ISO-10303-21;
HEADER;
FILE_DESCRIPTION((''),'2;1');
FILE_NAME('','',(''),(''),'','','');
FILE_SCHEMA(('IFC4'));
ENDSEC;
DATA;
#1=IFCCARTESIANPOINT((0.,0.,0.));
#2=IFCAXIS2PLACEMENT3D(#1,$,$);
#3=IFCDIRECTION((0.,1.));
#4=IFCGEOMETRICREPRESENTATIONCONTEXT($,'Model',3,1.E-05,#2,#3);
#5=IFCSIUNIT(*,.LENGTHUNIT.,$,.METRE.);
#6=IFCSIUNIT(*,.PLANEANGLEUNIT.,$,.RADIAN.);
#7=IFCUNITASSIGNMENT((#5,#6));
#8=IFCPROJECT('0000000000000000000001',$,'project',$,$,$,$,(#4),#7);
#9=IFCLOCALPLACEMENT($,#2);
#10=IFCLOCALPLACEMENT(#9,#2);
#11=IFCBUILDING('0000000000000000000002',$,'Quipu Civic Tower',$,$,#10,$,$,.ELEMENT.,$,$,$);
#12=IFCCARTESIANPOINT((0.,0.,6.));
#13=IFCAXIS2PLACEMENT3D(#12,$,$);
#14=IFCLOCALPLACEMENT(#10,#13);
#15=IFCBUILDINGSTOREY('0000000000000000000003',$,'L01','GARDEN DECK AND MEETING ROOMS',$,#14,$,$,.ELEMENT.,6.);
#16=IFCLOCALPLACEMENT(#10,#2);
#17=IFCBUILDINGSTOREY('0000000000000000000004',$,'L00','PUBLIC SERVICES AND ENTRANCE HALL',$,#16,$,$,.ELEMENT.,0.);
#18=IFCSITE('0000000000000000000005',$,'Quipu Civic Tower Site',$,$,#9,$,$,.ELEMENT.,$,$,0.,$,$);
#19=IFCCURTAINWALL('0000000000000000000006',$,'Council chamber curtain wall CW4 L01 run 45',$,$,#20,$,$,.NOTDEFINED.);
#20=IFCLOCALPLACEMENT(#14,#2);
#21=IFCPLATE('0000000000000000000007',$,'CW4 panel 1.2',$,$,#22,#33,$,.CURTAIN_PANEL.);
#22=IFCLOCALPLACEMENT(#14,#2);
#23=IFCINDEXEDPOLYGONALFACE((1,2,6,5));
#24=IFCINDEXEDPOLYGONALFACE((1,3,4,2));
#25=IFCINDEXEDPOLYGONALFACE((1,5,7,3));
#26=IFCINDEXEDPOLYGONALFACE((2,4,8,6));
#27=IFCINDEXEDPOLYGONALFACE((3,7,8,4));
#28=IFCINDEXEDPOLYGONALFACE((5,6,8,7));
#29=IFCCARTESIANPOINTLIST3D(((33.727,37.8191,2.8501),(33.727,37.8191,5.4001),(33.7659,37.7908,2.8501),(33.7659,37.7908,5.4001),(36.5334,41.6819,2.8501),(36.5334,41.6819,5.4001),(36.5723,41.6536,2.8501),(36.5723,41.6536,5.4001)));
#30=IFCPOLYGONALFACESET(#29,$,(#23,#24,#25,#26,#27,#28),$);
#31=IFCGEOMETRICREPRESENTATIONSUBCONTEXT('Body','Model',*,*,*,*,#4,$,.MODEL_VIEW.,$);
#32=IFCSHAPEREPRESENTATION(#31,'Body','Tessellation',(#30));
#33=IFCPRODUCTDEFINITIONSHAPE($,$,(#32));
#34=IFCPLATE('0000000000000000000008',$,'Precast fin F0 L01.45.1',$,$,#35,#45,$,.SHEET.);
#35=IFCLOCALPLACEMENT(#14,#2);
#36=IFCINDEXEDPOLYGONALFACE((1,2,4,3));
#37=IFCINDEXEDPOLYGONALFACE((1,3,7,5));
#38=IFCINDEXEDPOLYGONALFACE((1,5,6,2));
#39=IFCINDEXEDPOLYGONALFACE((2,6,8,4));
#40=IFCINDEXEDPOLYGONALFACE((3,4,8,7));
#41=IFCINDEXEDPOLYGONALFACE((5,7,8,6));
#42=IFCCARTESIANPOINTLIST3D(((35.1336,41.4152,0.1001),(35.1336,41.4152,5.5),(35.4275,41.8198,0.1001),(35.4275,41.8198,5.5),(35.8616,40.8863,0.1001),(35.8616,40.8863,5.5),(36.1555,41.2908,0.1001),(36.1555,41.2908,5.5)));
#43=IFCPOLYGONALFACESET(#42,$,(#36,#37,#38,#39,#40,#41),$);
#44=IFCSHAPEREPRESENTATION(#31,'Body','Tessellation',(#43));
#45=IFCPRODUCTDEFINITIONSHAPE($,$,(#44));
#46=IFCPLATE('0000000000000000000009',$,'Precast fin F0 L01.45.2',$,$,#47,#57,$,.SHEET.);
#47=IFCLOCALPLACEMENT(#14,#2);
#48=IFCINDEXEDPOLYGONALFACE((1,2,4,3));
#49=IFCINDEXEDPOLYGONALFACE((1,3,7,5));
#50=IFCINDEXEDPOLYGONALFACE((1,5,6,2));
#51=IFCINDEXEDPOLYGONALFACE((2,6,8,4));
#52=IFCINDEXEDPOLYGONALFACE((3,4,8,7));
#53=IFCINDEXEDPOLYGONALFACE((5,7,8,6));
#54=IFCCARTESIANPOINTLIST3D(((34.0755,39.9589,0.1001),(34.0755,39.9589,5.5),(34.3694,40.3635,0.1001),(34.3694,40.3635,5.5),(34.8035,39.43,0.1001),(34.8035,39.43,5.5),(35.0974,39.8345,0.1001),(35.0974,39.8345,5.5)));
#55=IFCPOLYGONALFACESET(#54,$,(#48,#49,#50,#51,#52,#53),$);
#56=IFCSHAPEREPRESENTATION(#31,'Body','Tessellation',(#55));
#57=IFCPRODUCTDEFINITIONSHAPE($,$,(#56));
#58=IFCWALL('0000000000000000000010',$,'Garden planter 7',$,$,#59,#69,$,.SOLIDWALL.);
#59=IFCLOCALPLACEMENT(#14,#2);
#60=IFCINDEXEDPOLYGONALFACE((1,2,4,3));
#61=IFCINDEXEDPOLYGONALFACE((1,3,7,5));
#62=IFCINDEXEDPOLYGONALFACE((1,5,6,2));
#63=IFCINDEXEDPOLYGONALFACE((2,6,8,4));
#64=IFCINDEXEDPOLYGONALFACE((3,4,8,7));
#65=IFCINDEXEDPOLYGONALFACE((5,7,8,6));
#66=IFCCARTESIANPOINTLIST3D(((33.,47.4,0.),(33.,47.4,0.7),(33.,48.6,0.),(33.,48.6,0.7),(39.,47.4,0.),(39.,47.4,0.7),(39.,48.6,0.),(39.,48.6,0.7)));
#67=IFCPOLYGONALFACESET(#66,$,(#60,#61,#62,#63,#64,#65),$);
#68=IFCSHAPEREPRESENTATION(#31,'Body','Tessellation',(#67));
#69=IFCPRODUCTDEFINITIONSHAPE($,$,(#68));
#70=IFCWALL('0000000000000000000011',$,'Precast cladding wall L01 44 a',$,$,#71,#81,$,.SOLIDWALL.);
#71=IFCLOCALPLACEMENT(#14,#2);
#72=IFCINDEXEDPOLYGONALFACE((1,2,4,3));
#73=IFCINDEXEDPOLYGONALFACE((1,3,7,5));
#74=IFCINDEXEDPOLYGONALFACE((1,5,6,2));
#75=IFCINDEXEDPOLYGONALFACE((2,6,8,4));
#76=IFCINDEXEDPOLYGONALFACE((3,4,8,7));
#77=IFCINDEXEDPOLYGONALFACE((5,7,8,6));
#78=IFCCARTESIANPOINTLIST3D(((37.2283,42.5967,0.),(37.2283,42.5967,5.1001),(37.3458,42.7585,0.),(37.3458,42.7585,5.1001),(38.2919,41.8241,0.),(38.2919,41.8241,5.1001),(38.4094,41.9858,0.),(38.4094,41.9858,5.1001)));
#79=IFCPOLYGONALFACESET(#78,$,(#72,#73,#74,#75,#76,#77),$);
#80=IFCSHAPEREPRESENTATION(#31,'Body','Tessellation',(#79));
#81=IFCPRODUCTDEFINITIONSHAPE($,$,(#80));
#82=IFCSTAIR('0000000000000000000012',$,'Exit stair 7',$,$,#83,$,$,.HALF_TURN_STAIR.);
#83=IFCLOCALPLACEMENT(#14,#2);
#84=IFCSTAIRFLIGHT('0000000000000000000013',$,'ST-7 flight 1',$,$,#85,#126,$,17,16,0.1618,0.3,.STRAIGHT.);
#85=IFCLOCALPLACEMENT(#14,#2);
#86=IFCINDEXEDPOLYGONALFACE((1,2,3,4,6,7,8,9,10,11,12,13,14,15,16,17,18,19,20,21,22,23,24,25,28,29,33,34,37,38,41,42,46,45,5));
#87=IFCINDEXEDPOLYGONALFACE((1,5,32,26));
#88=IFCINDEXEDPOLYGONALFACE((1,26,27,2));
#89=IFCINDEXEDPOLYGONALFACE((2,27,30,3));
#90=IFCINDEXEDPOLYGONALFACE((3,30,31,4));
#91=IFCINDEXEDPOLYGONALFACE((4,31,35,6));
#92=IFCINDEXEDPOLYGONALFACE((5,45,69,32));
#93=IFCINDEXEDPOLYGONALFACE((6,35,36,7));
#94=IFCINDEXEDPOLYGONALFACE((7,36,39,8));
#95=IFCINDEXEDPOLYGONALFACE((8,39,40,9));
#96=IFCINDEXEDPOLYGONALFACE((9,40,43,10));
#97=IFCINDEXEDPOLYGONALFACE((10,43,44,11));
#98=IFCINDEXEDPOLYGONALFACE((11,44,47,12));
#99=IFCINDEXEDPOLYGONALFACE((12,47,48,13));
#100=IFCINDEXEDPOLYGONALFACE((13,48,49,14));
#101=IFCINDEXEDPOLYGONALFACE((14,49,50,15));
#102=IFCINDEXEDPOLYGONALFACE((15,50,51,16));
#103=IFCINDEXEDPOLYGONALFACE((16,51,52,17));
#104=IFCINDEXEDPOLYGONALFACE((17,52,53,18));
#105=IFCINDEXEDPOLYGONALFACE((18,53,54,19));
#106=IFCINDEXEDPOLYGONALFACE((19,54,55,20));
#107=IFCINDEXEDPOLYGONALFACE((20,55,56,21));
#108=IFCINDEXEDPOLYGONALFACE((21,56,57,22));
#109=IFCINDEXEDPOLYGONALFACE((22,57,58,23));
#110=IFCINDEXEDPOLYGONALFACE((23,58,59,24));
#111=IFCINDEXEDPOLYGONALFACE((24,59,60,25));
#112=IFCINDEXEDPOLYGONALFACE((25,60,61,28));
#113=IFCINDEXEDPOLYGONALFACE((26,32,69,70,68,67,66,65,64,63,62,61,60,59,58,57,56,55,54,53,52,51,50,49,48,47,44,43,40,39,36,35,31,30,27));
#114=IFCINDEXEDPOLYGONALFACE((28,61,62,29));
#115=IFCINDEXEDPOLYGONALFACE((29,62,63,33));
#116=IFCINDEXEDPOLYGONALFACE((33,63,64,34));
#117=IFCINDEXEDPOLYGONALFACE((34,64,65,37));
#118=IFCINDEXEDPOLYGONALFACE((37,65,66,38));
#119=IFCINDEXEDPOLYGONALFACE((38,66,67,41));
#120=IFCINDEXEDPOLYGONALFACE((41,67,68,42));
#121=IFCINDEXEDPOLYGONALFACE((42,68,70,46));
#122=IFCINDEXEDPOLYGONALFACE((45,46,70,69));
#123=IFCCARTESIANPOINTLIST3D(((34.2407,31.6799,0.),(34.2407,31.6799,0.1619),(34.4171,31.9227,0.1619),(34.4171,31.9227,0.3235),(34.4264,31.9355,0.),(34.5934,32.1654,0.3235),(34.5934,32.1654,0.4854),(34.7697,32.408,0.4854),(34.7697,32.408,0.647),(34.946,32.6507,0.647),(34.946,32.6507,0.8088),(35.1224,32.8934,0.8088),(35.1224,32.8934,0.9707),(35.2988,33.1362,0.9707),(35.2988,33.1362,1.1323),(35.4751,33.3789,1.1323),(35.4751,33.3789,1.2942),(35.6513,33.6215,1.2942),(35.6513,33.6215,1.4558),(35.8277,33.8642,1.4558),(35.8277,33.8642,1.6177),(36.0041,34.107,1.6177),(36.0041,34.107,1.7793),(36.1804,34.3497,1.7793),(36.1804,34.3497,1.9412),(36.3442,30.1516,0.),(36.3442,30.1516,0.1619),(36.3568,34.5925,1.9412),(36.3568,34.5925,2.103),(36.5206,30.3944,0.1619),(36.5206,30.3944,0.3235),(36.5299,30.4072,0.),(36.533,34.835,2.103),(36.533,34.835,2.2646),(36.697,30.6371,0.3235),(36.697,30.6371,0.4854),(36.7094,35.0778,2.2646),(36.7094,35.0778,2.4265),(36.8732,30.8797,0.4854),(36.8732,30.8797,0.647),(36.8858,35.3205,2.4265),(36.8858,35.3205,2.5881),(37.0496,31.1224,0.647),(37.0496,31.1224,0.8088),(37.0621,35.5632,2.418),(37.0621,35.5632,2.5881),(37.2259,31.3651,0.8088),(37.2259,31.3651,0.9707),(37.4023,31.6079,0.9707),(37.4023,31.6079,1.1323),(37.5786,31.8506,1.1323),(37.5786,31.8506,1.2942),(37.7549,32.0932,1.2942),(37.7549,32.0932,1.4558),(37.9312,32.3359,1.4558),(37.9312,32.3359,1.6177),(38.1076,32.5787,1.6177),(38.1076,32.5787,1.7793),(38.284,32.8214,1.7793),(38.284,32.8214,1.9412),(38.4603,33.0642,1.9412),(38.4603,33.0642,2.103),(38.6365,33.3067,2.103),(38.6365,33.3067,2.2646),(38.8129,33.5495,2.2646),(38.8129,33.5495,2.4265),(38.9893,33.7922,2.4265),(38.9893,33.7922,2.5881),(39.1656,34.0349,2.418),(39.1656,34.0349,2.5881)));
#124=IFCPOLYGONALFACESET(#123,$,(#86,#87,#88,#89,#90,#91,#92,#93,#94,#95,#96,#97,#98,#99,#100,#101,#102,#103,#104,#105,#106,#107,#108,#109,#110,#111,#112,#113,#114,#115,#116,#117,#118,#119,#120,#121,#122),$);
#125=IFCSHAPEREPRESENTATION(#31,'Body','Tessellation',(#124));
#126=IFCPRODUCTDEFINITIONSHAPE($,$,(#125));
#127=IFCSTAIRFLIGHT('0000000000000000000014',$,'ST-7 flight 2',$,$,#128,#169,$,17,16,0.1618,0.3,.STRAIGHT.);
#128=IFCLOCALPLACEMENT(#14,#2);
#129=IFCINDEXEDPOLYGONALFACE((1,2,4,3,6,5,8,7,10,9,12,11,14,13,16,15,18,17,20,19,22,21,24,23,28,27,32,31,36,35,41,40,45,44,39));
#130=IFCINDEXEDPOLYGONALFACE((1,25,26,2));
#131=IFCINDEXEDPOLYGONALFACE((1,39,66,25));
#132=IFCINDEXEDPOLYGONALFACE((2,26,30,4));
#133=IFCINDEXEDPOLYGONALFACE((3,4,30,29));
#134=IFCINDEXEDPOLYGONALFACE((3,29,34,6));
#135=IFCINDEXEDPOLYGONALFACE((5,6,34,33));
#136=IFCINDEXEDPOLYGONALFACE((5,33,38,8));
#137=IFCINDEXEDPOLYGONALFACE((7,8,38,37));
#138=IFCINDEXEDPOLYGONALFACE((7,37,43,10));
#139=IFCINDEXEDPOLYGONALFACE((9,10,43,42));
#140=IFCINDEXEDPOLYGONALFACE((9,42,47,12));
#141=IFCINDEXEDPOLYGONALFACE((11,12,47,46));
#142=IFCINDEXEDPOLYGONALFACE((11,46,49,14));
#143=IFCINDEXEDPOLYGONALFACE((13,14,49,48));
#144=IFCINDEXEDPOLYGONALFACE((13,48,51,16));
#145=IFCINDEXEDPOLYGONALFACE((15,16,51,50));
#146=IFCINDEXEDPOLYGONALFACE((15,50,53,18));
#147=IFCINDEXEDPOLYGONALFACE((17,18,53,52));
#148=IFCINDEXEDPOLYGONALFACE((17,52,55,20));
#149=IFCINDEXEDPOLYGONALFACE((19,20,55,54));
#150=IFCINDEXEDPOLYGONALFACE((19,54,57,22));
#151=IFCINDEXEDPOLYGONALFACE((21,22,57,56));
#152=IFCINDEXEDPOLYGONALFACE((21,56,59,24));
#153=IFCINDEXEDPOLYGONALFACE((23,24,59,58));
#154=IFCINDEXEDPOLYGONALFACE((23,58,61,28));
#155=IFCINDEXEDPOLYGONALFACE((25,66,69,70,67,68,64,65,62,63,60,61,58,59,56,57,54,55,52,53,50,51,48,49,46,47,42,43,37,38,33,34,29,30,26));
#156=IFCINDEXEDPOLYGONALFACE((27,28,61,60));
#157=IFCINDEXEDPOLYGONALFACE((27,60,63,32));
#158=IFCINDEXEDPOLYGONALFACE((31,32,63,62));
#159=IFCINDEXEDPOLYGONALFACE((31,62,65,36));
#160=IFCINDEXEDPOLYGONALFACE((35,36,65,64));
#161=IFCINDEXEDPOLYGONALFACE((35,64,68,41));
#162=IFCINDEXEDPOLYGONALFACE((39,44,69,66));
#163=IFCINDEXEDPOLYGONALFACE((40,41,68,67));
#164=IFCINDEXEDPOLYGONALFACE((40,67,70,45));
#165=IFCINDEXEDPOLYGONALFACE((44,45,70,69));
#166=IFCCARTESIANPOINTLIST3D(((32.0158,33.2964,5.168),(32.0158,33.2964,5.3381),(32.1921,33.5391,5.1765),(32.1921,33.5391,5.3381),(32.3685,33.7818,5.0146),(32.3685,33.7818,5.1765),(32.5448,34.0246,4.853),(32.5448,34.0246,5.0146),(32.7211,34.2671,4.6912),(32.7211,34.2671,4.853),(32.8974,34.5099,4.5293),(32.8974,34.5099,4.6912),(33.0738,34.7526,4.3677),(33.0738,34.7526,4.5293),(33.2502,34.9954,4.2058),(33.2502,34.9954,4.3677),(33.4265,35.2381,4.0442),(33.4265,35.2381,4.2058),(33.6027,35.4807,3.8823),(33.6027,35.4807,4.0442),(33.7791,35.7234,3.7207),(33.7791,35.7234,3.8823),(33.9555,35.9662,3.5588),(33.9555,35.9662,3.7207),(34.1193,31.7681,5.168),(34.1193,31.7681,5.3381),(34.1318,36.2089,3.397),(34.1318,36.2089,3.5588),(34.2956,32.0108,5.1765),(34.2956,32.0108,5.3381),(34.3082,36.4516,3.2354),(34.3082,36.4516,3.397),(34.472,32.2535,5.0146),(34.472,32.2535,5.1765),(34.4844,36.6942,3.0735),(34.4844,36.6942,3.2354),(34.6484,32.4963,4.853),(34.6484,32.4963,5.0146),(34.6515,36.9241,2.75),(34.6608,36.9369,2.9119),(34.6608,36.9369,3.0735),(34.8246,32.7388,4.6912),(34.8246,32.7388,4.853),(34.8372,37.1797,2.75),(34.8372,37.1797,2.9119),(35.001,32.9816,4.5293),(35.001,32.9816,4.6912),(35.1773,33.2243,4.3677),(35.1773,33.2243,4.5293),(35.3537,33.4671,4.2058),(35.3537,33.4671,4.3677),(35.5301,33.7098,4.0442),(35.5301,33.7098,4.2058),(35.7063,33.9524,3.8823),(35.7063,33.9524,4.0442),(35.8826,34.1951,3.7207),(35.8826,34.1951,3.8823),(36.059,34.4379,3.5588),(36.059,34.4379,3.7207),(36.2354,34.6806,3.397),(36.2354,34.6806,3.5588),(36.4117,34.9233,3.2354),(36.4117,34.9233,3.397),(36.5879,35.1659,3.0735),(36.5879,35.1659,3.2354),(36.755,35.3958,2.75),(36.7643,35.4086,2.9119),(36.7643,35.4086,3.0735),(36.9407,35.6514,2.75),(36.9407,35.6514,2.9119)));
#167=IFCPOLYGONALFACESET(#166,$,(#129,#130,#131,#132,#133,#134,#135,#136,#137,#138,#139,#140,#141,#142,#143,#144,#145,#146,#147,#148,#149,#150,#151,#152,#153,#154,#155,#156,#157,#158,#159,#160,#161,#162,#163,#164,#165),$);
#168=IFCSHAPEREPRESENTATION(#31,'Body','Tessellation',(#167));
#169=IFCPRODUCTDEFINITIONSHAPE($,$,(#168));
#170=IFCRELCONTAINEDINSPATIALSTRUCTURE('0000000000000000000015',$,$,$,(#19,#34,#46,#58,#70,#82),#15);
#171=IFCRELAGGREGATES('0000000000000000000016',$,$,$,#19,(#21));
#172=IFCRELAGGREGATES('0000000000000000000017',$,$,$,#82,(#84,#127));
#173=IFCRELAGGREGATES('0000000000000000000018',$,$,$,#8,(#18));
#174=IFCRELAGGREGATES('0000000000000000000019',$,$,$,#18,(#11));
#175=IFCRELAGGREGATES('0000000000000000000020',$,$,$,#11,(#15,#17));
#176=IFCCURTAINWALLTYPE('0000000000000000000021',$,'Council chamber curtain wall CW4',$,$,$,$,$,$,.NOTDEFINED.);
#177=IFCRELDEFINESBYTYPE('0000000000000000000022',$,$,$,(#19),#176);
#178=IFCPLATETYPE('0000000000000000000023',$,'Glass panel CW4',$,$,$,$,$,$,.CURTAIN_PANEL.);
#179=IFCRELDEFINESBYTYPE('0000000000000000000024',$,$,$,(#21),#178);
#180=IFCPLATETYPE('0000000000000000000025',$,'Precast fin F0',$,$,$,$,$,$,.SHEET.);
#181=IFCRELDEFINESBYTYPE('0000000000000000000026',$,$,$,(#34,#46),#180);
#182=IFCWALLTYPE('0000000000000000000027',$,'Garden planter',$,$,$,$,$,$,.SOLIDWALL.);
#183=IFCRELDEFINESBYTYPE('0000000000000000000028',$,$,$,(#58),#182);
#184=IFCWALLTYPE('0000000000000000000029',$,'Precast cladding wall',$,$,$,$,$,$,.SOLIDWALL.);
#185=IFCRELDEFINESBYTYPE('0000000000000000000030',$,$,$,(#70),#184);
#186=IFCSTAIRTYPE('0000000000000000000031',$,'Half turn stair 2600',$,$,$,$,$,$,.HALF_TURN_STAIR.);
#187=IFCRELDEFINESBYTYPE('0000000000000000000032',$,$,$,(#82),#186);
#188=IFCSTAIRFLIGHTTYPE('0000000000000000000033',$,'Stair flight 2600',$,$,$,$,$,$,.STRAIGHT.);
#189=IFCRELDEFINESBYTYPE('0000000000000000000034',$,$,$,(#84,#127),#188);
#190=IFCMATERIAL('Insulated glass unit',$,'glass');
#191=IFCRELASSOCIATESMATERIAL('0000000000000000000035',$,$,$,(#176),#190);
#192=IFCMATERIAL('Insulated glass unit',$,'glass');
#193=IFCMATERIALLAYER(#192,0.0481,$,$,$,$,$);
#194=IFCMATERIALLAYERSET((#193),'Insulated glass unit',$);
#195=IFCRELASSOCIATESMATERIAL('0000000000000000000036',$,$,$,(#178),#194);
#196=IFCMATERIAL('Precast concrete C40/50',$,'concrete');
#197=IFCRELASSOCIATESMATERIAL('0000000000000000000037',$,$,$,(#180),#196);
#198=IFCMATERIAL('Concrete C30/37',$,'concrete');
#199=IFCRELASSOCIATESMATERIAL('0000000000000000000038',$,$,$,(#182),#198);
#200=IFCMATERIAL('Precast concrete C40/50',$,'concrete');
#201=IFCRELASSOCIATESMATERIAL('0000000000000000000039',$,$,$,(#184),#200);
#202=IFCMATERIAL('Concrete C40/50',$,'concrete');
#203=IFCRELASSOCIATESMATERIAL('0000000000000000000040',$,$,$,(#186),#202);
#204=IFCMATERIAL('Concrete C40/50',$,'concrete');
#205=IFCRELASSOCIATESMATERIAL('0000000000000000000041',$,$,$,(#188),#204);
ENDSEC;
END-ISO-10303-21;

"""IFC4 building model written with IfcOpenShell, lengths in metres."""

from ifc_helpers import new_model, si_unit, direction, frame, frame_2d, origin, origin_2d, place, context, subcontext, project, spatial, polyline, rectangle, outline, extrude, material, layer, layer_set, type_object, element, aggregate, save


model = new_model("IFC4")

# Units and contexts
model_context = context("Model", 3, precision=1e-05, world=origin(), true_north=direction((0.0, 1.0)))
body_context = subcontext(model_context, "Body", "Model", "MODEL_VIEW")
ifc_project = project(units=[si_unit("LENGTHUNIT", "METRE"), si_unit("PLANEANGLEUNIT", "RADIAN")], contexts=[model_context])

# Site, building, storey
site_placement = place(None, origin())
site = spatial("IfcSite", under=ifc_project, at=site_placement, Name="Quipu Civic Tower Site", CompositionType="ELEMENT", RefElevation=0.0)
building_placement = place(site_placement, origin())
building = spatial("IfcBuilding", under=site, at=building_placement, Name="Quipu Civic Tower", CompositionType="ELEMENT")
storey_1_placement = place(building_placement, frame((0.0, 0.0, 6.0)))
storey_1 = spatial("IfcBuildingStorey", under=building, at=storey_1_placement, Name="L01", Description="GARDEN DECK AND MEETING ROOMS", CompositionType="ELEMENT", Elevation=6.0)

# Curtain wall
ifc_material_1 = material(Name="Insulated glass unit", Category="glass")
curtain_wall_type_1 = type_object("IfcCurtainWallType", Name="Council chamber curtain wall CW4", PredefinedType="NOTDEFINED", material=ifc_material_1)
curtain_wall_1_placement = place(storey_1_placement, origin())
curtain_wall_1 = element("IfcCurtainWall", 1, at=curtain_wall_1_placement, inside=storey_1, type_object=curtain_wall_type_1, Name="Council chamber curtain wall CW4 L01 run 45", PredefinedType="NOTDEFINED")

# Shared definitions
storey_2_placement = place(building_placement, origin())
storey_2 = spatial("IfcBuildingStorey", under=building, at=storey_2_placement, Name="L00", Description="PUBLIC SERVICES AND ENTRANCE HALL", CompositionType="ELEMENT", Elevation=0.0)

# Plate
ifc_material_2 = material(Name="Insulated glass unit", Category="glass")
ifc_layer = layer(ifc_material_2, 0.0481)
ifc_layer_set = layer_set([ifc_layer], Name="Insulated glass unit")
plate_type_1 = type_object("IfcPlateType", Name="Glass panel CW4", PredefinedType="CURTAIN_PANEL", material=ifc_layer_set)
plate_1_placement = place(storey_1_placement, frame((35.1497, 39.7363, 2.8501), z_axis=(0.0, 0.0, 1.0), x_axis=(-0.587783, -0.809019, 0.0)))
plate_1 = element("IfcPlate", 2, at=plate_1_placement, type_object=plate_type_1, Name="CW4 panel 1.2", PredefinedType="CURTAIN_PANEL", context=body_context, shape_type="SweptSolid", body=[
    extrude(rectangle(XDim=4.7747, YDim=0.0481, at=origin_2d()), origin(), (0.0, 0.0, 1.0), 2.55),
])
aggregate(curtain_wall_1, [plate_1])

# Plates
ifc_material_3 = material(Name="Precast concrete C40/50", Category="concrete")
plate_type_2 = type_object("IfcPlateType", Name="Precast fin F0", PredefinedType="SHEET", material=ifc_material_3)
for number, where, z_axis, x_axis, name in (
    (3, (35.6445, 41.353, 0.1001), (0.0, 0.0, 1.0), (-0.587785, -0.809017, 0.0), "Precast fin F0 L01.45.1"),
    (4, (34.5864, 39.8967, 0.1001), (0.0, 0.0, 1.0), (-0.587785, -0.809017, 0.0), "Precast fin F0 L01.45.2"),
):
    element("IfcPlate", number, at=place(storey_1_placement, frame(where, z_axis=z_axis, x_axis=x_axis)), inside=storey_1, type_object=plate_type_2, Name=name, PredefinedType="SHEET", context=body_context, shape_type="SweptSolid", body=[
        extrude(rectangle(XDim=0.5, YDim=0.8999, at=origin_2d()), origin(), (0.0, 0.0, 1.0), 5.3999),
    ])

# Walls
ifc_material_4 = material(Name="Concrete C30/37", Category="concrete")
wall_type_1 = type_object("IfcWallType", Name="Garden planter", PredefinedType="SOLIDWALL", material=ifc_material_4)
wall_1_placement = place(storey_1_placement, frame((33.0, 48.0, 0.0), z_axis=(0.0, 0.0, 1.0), x_axis=(1.0, 0.0, 0.0)))
element("IfcWall", 5, at=wall_1_placement, inside=storey_1, type_object=wall_type_1, Name="Garden planter 7", PredefinedType="SOLIDWALL", context=body_context, shape_type="SweptSolid", body=[
    extrude(rectangle(XDim=6.0, YDim=1.2, at=frame_2d((3.0, 0.0))), origin(), (0.0, 0.0, 1.0), 0.7),
])
ifc_material_5 = material(Name="Precast concrete C40/50", Category="concrete")
wall_type_2 = type_object("IfcWallType", Name="Precast cladding wall", PredefinedType="SOLIDWALL", material=ifc_material_5)
wall_2_placement = place(storey_1_placement, frame((38.3506, 41.905, 0.0), z_axis=(0.0, 0.0, 1.0), x_axis=(-0.809065, 0.587719, 0.0)))
element("IfcWall", 6, at=wall_2_placement, inside=storey_1, type_object=wall_type_2, Name="Precast cladding wall L01 44 a", PredefinedType="SOLIDWALL", context=body_context, shape_type="SweptSolid", body=[
    extrude(rectangle(XDim=1.3147, YDim=0.2, at=frame_2d((0.6572, 0.0))), origin(), (0.0, 0.0, 1.0), 5.1001),
])

# Stair, stair flights
ifc_material_6 = material(Name="Concrete C40/50", Category="concrete")
stair_type = type_object("IfcStairType", Name="Half turn stair 2600", PredefinedType="HALF_TURN_STAIR", material=ifc_material_6)
stair_placement = place(storey_1_placement, origin())
stair = element("IfcStair", 7, at=stair_placement, inside=storey_1, type_object=stair_type, Name="Exit stair 7", PredefinedType="HALF_TURN_STAIR")
ifc_material_7 = material(Name="Concrete C40/50", Category="concrete")
stair_flight_type = type_object("IfcStairFlightType", Name="Stair flight 2600", PredefinedType="STRAIGHT", material=ifc_material_7)
stair_flight_1_placement = place(storey_1_placement, frame((35.2925, 30.9158, 0.0), z_axis=(0.0, 0.0, 1.0), x_axis=(0.587785, 0.809017, 0.0)))
stair_flight_1 = element("IfcStairFlight", 8, at=stair_flight_1_placement, type_object=stair_flight_type, Name="ST-7 flight 1", NumberOfRisers=17, NumberOfTreads=16, PredefinedType="STRAIGHT", RiserHeight=0.1618, TreadLength=0.3, context=body_context, shape_type="SweptSolid", body=[
    extrude(outline(polyline([(0.0, 0.0), (0.0, 0.1619), (0.3, 0.1619), (0.3, 0.3235), (0.6001, 0.3235), (0.6001, 0.4854), (0.8999, 0.4854), (0.8999, 0.647), (1.2, 0.647), (1.2, 0.8088), (1.5, 0.8088), (1.5, 0.9707), (1.8, 0.9707), (1.8, 1.1323), (2.1001, 1.1323), (2.1001, 1.2942), (2.3999, 1.2942), (2.3999, 1.4558), (2.7, 1.4558), (2.7, 1.6177), (3.0, 1.6177), (3.0, 1.7793), (3.3, 1.7793), (3.3, 1.9412), (3.6001, 1.9412), (3.6001, 2.103), (3.8999, 2.103), (3.8999, 2.2646), (4.2, 2.2646), (4.2, 2.4265), (4.5, 2.4265), (4.5, 2.5881), (4.8, 2.5881), (4.8, 2.75), (4.8, 2.418), (0.3159, 0.0), (0.0, 0.0)])), frame((0.0, 1.3, 0.0), z_axis=(0.0, -1.0, 0.0), x_axis=(1.0, 0.0, 0.0)), (0.0, 0.0, 1.0), 2.6001),
])
stair_flight_2_placement = place(storey_1_placement, frame((35.8889, 36.4155, 2.75), z_axis=(0.0, 0.0, 1.0), x_axis=(-0.587785, -0.809017, 0.0)))
stair_flight_2 = element("IfcStairFlight", 9, at=stair_flight_2_placement, type_object=stair_flight_type, Name="ST-7 flight 2", NumberOfRisers=17, NumberOfTreads=16, PredefinedType="STRAIGHT", RiserHeight=0.1618, TreadLength=0.3, context=body_context, shape_type="SweptSolid", body=[
    extrude(outline(polyline([(0.0, 0.0), (0.0, 0.1619), (0.3, 0.1619), (0.3, 0.3235), (0.6001, 0.3235), (0.6001, 0.4854), (0.8999, 0.4854), (0.8999, 0.647), (1.2, 0.647), (1.2, 0.8088), (1.5, 0.8088), (1.5, 0.9707), (1.8, 0.9707), (1.8, 1.1323), (2.1001, 1.1323), (2.1001, 1.2942), (2.3999, 1.2942), (2.3999, 1.4558), (2.7, 1.4558), (2.7, 1.6177), (3.0, 1.6177), (3.0, 1.7793), (3.3, 1.7793), (3.3, 1.9412), (3.6001, 1.9412), (3.6001, 2.103), (3.8999, 2.103), (3.8999, 2.2646), (4.2, 2.2646), (4.2, 2.4265), (4.5, 2.4265), (4.5, 2.5881), (4.8, 2.5881), (4.8, 2.75), (4.8, 2.418), (0.3159, 0.0), (0.0, 0.0)])), frame((0.0, 1.3, 0.0), z_axis=(0.0, -1.0, 0.0), x_axis=(1.0, 0.0, 0.0)), (0.0, 0.0, 1.0), 2.6001),
])
aggregate(stair, [stair_flight_1, stair_flight_2])

save(model, "model.ifc")
